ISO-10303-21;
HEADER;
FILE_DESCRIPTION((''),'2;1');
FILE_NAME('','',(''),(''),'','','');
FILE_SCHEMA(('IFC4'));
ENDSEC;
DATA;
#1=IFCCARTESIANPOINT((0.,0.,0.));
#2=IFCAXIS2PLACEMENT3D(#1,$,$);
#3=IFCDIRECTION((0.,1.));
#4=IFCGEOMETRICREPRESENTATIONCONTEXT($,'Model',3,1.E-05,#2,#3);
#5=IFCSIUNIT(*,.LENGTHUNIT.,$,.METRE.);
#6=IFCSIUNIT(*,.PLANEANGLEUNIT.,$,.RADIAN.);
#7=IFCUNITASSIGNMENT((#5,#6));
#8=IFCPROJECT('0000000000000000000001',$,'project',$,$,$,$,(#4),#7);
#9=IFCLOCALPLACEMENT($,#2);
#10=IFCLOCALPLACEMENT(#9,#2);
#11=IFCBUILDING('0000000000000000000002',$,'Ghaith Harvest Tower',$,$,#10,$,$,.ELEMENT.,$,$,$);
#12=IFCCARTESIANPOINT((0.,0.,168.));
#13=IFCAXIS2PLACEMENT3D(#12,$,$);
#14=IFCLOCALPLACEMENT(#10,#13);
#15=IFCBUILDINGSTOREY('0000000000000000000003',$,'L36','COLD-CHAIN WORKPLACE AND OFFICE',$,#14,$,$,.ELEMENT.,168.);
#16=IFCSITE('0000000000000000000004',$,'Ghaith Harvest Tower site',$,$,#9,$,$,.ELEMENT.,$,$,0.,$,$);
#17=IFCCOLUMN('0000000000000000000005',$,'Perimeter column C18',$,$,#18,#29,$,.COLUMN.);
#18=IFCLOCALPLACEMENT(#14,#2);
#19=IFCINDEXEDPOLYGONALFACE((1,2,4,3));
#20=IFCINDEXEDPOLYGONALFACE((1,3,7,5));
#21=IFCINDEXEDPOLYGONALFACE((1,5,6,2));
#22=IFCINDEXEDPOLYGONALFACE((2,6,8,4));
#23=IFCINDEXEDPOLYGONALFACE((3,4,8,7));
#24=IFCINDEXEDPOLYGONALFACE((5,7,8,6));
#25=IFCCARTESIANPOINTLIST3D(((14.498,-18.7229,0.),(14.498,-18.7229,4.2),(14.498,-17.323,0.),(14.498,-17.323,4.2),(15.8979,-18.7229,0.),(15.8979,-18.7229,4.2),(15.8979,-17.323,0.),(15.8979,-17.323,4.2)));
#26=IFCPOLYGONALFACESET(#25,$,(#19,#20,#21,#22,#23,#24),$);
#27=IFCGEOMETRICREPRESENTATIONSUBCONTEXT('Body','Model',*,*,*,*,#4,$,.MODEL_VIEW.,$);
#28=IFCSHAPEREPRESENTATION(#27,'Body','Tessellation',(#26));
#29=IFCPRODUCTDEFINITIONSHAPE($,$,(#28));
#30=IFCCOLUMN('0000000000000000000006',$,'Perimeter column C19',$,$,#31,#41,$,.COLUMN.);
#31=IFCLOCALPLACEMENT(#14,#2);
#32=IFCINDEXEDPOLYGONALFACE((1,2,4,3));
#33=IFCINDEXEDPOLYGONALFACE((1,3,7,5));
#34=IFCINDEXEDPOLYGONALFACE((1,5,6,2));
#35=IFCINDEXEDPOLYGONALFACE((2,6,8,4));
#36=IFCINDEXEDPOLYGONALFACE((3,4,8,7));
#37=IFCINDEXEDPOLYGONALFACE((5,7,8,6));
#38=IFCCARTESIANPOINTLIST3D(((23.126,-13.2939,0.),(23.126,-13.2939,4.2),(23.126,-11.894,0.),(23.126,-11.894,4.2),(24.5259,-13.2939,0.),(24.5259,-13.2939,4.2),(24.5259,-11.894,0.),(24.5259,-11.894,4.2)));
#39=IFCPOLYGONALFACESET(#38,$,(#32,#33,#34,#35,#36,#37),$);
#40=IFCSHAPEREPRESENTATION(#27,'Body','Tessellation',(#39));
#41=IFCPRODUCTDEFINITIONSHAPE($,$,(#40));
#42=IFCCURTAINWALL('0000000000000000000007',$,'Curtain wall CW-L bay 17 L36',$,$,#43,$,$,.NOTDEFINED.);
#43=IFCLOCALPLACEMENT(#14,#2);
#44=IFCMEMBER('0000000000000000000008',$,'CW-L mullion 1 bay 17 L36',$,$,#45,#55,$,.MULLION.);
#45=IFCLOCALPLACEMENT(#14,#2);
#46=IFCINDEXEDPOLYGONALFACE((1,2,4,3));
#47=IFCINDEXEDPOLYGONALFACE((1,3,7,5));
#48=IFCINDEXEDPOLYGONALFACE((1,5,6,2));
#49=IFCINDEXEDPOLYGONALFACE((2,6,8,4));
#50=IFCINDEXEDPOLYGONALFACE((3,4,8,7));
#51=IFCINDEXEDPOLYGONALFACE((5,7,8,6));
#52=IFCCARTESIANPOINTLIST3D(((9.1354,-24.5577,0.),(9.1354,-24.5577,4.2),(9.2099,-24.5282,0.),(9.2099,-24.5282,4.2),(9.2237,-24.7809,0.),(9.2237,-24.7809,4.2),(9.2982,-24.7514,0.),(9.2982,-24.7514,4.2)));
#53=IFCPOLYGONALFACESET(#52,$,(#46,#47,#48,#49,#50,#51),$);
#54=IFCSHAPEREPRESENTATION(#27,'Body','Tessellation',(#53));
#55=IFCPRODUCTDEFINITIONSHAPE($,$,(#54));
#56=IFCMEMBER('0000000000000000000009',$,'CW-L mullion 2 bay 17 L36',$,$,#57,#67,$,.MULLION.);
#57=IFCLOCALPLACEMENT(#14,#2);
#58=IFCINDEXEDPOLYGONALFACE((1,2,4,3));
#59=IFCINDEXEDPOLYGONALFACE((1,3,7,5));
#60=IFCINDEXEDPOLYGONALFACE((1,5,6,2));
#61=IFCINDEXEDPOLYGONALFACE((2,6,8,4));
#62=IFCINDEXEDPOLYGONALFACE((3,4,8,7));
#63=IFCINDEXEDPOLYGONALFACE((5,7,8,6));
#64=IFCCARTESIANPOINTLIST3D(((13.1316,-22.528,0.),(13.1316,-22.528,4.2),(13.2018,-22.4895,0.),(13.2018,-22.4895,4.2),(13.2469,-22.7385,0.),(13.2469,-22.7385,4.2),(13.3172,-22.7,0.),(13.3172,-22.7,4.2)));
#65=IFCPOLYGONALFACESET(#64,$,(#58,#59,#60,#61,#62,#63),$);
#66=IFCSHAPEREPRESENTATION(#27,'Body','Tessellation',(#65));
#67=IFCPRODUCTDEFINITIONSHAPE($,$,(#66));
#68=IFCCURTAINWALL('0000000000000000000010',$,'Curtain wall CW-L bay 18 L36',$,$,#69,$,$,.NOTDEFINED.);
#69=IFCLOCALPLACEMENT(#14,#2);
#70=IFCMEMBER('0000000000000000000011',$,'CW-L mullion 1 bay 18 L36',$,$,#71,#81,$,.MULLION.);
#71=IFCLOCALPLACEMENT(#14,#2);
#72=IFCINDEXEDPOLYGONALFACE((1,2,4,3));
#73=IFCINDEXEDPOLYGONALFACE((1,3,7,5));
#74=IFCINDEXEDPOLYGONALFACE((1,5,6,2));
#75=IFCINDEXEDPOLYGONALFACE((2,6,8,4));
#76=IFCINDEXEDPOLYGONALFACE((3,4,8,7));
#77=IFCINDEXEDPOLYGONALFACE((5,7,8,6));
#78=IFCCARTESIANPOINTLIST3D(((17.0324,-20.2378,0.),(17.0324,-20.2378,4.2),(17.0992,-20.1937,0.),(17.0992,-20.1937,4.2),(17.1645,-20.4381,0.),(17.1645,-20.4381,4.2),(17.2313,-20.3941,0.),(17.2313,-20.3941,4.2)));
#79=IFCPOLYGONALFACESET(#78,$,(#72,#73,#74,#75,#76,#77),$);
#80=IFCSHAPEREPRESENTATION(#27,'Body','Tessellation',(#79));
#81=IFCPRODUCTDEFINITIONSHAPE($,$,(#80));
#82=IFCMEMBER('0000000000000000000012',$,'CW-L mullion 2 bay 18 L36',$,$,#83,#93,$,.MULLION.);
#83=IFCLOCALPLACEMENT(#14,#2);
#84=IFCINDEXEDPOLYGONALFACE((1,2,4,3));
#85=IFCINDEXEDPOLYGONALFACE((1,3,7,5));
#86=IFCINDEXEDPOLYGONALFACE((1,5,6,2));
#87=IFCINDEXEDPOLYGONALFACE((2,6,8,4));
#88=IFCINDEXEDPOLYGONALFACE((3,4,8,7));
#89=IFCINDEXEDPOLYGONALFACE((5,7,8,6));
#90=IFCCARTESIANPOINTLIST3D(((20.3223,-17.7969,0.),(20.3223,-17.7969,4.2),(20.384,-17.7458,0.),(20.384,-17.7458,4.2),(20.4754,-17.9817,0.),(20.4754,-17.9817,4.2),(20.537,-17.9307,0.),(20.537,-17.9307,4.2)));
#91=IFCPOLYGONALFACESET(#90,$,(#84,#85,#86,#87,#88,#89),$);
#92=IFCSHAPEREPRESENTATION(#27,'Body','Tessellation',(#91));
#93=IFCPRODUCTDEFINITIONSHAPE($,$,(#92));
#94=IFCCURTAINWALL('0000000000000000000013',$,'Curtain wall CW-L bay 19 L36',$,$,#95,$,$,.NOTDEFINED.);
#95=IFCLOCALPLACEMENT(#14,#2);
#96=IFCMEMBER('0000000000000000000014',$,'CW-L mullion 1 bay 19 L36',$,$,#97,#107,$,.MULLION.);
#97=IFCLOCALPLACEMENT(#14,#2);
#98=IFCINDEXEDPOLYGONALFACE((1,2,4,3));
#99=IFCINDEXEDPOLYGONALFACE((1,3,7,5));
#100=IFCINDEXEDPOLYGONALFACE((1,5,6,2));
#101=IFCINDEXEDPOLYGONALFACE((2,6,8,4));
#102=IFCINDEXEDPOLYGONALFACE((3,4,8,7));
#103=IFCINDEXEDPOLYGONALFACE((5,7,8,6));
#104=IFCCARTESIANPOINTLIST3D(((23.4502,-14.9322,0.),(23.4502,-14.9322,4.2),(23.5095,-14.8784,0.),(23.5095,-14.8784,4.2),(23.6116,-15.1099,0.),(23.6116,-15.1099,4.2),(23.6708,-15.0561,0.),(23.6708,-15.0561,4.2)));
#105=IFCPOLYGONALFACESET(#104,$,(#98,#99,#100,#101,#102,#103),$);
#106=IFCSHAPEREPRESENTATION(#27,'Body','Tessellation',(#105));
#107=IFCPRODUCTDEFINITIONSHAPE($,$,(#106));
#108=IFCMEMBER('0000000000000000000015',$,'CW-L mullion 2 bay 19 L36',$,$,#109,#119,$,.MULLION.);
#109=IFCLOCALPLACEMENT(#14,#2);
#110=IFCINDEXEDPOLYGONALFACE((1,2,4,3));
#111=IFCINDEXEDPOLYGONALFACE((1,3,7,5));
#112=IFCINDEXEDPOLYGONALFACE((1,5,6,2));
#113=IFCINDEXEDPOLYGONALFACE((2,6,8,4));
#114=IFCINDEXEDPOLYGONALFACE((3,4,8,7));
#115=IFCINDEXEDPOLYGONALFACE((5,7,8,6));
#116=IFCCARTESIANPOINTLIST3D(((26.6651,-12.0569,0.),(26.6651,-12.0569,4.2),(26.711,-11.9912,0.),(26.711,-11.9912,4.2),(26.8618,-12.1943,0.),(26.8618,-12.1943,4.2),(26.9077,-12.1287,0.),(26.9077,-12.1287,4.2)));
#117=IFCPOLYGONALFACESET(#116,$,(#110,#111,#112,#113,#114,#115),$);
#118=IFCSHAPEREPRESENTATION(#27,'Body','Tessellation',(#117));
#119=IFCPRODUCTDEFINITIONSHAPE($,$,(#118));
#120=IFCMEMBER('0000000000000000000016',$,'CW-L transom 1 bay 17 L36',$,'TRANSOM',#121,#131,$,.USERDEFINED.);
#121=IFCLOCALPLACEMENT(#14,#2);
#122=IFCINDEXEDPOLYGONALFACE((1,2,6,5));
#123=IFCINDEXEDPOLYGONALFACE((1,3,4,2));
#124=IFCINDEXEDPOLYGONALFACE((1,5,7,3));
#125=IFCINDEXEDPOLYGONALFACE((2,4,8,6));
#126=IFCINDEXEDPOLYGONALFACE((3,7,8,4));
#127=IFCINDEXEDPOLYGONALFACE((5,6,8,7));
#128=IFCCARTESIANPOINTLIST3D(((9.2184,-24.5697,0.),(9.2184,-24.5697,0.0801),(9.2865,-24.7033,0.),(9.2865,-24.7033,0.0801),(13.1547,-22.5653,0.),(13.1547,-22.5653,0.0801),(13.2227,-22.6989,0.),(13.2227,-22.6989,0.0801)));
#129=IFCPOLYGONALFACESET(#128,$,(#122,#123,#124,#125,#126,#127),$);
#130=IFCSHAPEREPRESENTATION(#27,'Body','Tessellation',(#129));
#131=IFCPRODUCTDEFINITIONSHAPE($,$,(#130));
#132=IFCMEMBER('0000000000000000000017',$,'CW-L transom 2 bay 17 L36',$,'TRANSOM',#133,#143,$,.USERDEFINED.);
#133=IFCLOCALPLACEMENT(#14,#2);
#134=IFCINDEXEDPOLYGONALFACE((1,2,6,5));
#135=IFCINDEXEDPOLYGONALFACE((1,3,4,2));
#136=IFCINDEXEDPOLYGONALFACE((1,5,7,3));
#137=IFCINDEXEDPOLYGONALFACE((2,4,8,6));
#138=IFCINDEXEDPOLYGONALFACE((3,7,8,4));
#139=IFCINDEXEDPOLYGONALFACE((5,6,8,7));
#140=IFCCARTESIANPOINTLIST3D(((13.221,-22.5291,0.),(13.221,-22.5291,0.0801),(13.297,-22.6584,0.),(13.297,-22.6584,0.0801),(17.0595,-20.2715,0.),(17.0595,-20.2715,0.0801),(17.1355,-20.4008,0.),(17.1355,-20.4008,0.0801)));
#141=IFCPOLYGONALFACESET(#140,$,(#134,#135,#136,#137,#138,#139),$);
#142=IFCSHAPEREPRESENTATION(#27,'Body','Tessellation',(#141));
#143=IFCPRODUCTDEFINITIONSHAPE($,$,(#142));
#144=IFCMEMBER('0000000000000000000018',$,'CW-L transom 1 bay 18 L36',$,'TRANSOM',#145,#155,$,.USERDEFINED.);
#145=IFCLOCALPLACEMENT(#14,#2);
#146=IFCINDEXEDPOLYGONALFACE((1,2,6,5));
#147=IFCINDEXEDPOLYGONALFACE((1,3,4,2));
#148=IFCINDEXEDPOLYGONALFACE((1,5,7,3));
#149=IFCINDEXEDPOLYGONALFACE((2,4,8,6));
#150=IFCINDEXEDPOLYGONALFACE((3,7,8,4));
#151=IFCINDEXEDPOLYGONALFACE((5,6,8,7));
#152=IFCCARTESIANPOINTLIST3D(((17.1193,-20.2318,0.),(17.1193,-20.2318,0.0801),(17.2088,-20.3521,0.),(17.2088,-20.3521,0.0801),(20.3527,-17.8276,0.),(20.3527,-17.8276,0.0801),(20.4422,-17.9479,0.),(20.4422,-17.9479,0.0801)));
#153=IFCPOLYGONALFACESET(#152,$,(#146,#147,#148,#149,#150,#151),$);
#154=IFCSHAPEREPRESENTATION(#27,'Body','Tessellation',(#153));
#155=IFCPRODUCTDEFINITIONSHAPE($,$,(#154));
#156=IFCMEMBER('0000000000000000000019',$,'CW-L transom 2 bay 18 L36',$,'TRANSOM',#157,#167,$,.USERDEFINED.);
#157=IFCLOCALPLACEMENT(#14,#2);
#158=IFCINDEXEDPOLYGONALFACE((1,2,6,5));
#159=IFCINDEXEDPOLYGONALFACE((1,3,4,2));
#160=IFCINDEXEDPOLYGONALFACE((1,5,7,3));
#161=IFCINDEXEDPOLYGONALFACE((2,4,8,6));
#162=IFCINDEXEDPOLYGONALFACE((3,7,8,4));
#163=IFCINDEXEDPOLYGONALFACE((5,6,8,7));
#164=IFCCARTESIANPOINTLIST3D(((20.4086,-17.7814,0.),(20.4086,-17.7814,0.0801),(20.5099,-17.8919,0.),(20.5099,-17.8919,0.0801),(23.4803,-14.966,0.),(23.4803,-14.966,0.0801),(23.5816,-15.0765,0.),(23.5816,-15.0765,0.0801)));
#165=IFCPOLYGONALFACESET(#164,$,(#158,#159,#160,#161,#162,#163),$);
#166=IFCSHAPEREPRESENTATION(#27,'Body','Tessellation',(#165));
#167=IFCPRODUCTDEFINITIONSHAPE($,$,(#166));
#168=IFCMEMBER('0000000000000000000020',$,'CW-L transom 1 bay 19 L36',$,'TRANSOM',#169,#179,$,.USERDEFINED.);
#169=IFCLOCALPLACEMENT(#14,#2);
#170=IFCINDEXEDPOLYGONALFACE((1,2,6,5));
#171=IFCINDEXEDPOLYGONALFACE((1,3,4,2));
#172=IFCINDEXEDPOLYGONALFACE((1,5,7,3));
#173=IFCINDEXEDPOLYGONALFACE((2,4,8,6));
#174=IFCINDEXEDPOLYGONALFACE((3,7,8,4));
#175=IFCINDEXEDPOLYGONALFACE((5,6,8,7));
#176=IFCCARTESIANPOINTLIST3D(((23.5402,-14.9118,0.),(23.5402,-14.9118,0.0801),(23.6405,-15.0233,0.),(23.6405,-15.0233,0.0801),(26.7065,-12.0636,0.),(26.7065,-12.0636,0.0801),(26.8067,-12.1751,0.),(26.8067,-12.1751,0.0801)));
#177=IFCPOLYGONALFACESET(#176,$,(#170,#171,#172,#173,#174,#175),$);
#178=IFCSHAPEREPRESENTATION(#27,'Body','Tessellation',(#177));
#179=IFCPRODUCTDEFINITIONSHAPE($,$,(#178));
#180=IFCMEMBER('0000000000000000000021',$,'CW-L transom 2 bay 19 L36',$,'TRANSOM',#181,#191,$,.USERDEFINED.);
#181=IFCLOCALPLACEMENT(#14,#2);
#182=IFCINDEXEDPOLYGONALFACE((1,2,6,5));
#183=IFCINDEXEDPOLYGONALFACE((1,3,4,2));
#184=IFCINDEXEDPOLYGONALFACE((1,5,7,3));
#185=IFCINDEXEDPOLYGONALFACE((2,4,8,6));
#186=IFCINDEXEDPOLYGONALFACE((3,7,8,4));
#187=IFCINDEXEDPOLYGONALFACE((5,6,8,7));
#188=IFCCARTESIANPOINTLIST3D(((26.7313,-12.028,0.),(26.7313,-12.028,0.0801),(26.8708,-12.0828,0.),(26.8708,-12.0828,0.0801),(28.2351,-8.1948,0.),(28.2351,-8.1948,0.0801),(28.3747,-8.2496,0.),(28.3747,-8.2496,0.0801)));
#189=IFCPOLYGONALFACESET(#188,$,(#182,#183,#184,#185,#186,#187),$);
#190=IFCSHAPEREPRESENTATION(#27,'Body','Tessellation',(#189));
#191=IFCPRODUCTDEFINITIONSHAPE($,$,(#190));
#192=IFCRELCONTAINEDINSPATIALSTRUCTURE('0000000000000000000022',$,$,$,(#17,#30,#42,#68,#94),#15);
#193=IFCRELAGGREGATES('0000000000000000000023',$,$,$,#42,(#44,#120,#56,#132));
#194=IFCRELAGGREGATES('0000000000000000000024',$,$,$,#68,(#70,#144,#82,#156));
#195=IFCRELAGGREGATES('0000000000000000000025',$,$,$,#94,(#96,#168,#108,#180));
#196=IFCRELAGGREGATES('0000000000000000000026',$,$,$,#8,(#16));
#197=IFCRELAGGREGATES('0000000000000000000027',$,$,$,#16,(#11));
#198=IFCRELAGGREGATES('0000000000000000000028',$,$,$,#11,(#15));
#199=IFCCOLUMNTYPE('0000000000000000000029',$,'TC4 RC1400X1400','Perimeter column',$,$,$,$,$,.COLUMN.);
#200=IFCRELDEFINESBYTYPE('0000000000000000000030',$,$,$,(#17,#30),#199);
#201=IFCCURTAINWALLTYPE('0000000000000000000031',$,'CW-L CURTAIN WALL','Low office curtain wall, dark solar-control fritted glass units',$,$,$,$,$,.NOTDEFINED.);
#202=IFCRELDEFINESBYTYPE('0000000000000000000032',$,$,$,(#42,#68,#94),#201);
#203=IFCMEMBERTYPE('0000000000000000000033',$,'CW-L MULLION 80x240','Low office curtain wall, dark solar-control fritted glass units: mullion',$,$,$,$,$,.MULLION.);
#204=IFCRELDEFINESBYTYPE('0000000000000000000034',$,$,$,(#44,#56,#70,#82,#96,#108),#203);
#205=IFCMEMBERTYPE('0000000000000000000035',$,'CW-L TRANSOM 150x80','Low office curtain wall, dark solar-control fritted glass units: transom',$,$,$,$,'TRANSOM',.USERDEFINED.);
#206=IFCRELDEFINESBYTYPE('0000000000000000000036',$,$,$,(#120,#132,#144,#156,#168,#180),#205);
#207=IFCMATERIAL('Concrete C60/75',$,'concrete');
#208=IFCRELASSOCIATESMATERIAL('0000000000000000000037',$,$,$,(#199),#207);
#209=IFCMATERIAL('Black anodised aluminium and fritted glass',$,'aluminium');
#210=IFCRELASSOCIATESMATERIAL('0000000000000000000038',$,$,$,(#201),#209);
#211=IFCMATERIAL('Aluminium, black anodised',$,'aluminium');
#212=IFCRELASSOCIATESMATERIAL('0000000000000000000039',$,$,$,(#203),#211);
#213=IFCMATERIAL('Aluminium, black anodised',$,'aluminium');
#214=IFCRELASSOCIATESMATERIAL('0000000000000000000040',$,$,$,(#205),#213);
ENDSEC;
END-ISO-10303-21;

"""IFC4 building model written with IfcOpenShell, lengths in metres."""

from ifc_helpers import new_model, si_unit, direction, frame, origin, origin_2d, place, context, subcontext, project, spatial, rectangle, extrude, material, material_profile, profile_set, type_object, element, aggregate, save


model = new_model("IFC4")

# Units and contexts
model_context = context("Model", 3, precision=1e-05, world=origin(), true_north=direction((0.0, 1.0)))
body_context = subcontext(model_context, "Body", "Model", "MODEL_VIEW")
ifc_project = project(units=[si_unit("LENGTHUNIT", "METRE"), si_unit("PLANEANGLEUNIT", "RADIAN")], contexts=[model_context])

# Site, building, storey
site_placement = place(None, origin())
site = spatial("IfcSite", under=ifc_project, at=site_placement, Name="Ghaith Harvest Tower site", CompositionType="ELEMENT", RefElevation=0.0)
building_placement = place(site_placement, origin())
building = spatial("IfcBuilding", under=site, at=building_placement, Name="Ghaith Harvest Tower", CompositionType="ELEMENT")
storey_placement = place(building_placement, frame((0.0, 0.0, 168.0)))
storey = spatial("IfcBuildingStorey", under=building, at=storey_placement, Name="L36", Description="COLD-CHAIN WORKPLACE AND OFFICE", CompositionType="ELEMENT", Elevation=168.0)

# Columns
ifc_material_1 = material(Name="Concrete C60/75", Category="concrete")
ifc_material_profile_1 = material_profile(ifc_material_1, rectangle(XDim=1.3999, YDim=1.3999, at=origin_2d()), Name="RC1400X1400")
ifc_profile_set_1 = profile_set([ifc_material_profile_1], Name="Concrete C60/75")
column_type = type_object("IfcColumnType", Name="TC4 RC1400X1400", Description="Perimeter column", PredefinedType="COLUMN", material=ifc_profile_set_1)
for number, where, z_axis, x_axis, name in (
    (1, (15.198, -18.0229, 0.0), (0.0, 0.0, 1.0), (1.0, 0.0, 0.0), "Perimeter column C18"),
    (2, (23.8259, -12.594, 0.0), (0.0, 0.0, 1.0), (1.0, 0.0, 0.0), "Perimeter column C19"),
):
    element("IfcColumn", number, at=place(storey_placement, frame(where, z_axis=z_axis, x_axis=x_axis)), inside=storey, type_object=column_type, Name=name, PredefinedType="COLUMN", context=body_context, shape_type="SweptSolid", body=[
        extrude(rectangle(XDim=1.3999, YDim=1.3999, at=origin_2d()), origin(), (0.0, 0.0, 1.0), 4.2),
    ])

# Curtain walls, members
ifc_material_2 = material(Name="Black anodised aluminium and fritted glass", Category="aluminium")
curtain_wall_type = type_object("IfcCurtainWallType", Name="CW-L CURTAIN WALL", Description="Low office curtain wall, dark solar-control fritted glass units", PredefinedType="NOTDEFINED", material=ifc_material_2)
curtain_wall_1_placement = place(storey_placement, origin())
curtain_wall_1 = element("IfcCurtainWall", 3, at=curtain_wall_1_placement, inside=storey, type_object=curtain_wall_type, Name="Curtain wall CW-L bay 17 L36", PredefinedType="NOTDEFINED")
ifc_material_3 = material(Name="Aluminium, black anodised", Category="aluminium")
ifc_material_profile_2 = material_profile(ifc_material_3, rectangle(XDim=0.0801, YDim=0.24, at=origin_2d()), Name="CW-L MULLION 80x240")
ifc_profile_set_2 = profile_set([ifc_material_profile_2], Name="Aluminium, black anodised")
member_type_1 = type_object("IfcMemberType", Name="CW-L MULLION 80x240", Description="Low office curtain wall, dark solar-control fritted glass units: mullion", PredefinedType="MULLION", material=ifc_profile_set_2)
member_1_placement = place(storey_placement, frame((9.2168, -24.6545, 0.0), z_axis=(0.0, 0.0, 1.0), x_axis=(0.929832, 0.367985, 0.0)))
member_1 = element("IfcMember", 4, at=member_1_placement, type_object=member_type_1, Name="CW-L mullion 1 bay 17 L36", PredefinedType="MULLION", context=body_context, shape_type="SweptSolid", body=[
    extrude(rectangle(XDim=0.0801, YDim=0.24, at=origin_2d()), origin(), (0.0, 0.0, 1.0), 4.2),
])
member_2_placement = place(storey_placement, frame((13.2244, -22.614, 0.0), z_axis=(0.0, 0.0, 1.0), x_axis=(0.876899, 0.480675, 0.0)))
member_2 = element("IfcMember", 5, at=member_2_placement, type_object=member_type_1, Name="CW-L mullion 2 bay 17 L36", PredefinedType="MULLION", context=body_context, shape_type="SweptSolid", body=[
    extrude(rectangle(XDim=0.0801, YDim=0.24, at=origin_2d()), origin(), (0.0, 0.0, 1.0), 4.2),
])
curtain_wall_2_placement = place(storey_placement, origin())
curtain_wall_2 = element("IfcCurtainWall", 6, at=curtain_wall_2_placement, inside=storey, type_object=curtain_wall_type, Name="Curtain wall CW-L bay 18 L36", PredefinedType="NOTDEFINED")
member_3_placement = place(storey_placement, frame((17.1318, -20.3159, 0.0), z_axis=(0.0, 0.0, 1.0), x_axis=(0.834887, 0.550421, 0.0)))
member_3 = element("IfcMember", 7, at=member_3_placement, type_object=member_type_1, Name="CW-L mullion 1 bay 18 L36", PredefinedType="MULLION", context=body_context, shape_type="SweptSolid", body=[
    extrude(rectangle(XDim=0.0801, YDim=0.24, at=origin_2d()), origin(), (0.0, 0.0, 1.0), 4.2),
])
member_4_placement = place(storey_placement, frame((20.4297, -17.8638, 0.0), z_axis=(0.0, 0.0, 1.0), x_axis=(0.770306, 0.637674, 0.0)))
member_4 = element("IfcMember", 8, at=member_4_placement, type_object=member_type_1, Name="CW-L mullion 2 bay 18 L36", PredefinedType="MULLION", context=body_context, shape_type="SweptSolid", body=[
    extrude(rectangle(XDim=0.0801, YDim=0.24, at=origin_2d()), origin(), (0.0, 0.0, 1.0), 4.2),
])
curtain_wall_3_placement = place(storey_placement, origin())
curtain_wall_3 = element("IfcCurtainWall", 9, at=curtain_wall_3_placement, inside=storey, type_object=curtain_wall_type, Name="Curtain wall CW-L bay 19 L36", PredefinedType="NOTDEFINED")
member_5_placement = place(storey_placement, frame((23.5605, -14.9941, 0.0), z_axis=(0.0, 0.0, 1.0), x_axis=(0.740389, 0.672179, 0.0)))
member_5 = element("IfcMember", 10, at=member_5_placement, type_object=member_type_1, Name="CW-L mullion 1 bay 19 L36", PredefinedType="MULLION", context=body_context, shape_type="SweptSolid", body=[
    extrude(rectangle(XDim=0.0801, YDim=0.24, at=origin_2d()), origin(), (0.0, 0.0, 1.0), 4.2),
])
member_6_placement = place(storey_placement, frame((26.7864, -12.0928, 0.0), z_axis=(0.0, 0.0, 1.0), x_axis=(0.572853, 0.819658, 0.0)))
member_6 = element("IfcMember", 11, at=member_6_placement, type_object=member_type_1, Name="CW-L mullion 2 bay 19 L36", PredefinedType="MULLION", context=body_context, shape_type="SweptSolid", body=[
    extrude(rectangle(XDim=0.0801, YDim=0.24, at=origin_2d()), origin(), (0.0, 0.0, 1.0), 4.2),
])

# Members
ifc_material_4 = material(Name="Aluminium, black anodised", Category="aluminium")
ifc_material_profile_3 = material_profile(ifc_material_4, rectangle(XDim=0.1499, YDim=0.0801, at=origin_2d()), Name="CW-L TRANSOM 150x80")
ifc_profile_set_3 = profile_set([ifc_material_profile_3], Name="Aluminium, black anodised")
member_type_2 = type_object("IfcMemberType", Name="CW-L TRANSOM 150x80", Description="Low office curtain wall, dark solar-control fritted glass units: transom", ElementType="TRANSOM", PredefinedType="USERDEFINED", material=ifc_profile_set_3)
member_7_placement = place(storey_placement, frame((9.2524, -24.6365, 0.04), z_axis=(0.89112, 0.453768, 0.0), x_axis=(-0.453768, 0.89112, 0.0)))
member_7 = element("IfcMember", 12, at=member_7_placement, type_object=member_type_2, Name="CW-L transom 1 bay 17 L36", ObjectType="TRANSOM", PredefinedType="USERDEFINED", context=body_context, shape_type="SweptSolid", body=[
    extrude(rectangle(XDim=0.1499, YDim=0.0801, at=origin_2d()), origin(), (0.0, 0.0, 1.0), 4.4172),
])
member_8_placement = place(storey_placement, frame((13.259, -22.5938, 0.04), z_axis=(0.861964, 0.50697, 0.0), x_axis=(-0.50697, 0.861964, 0.0)))
member_8 = element("IfcMember", 13, at=member_8_placement, type_object=member_type_2, Name="CW-L transom 2 bay 17 L36", ObjectType="TRANSOM", PredefinedType="USERDEFINED", context=body_context, shape_type="SweptSolid", body=[
    extrude(rectangle(XDim=0.1499, YDim=0.0801, at=origin_2d()), origin(), (0.0, 0.0, 1.0), 4.4531),
])
member_9_placement = place(storey_placement, frame((17.1641, -20.292, 0.04), z_axis=(0.802465, 0.596699, 0.0), x_axis=(-0.596699, 0.802465, 0.0)))
member_9 = element("IfcMember", 14, at=member_9_placement, type_object=member_type_2, Name="CW-L transom 1 bay 18 L36", ObjectType="TRANSOM", PredefinedType="USERDEFINED", context=body_context, shape_type="SweptSolid", body=[
    extrude(rectangle(XDim=0.1499, YDim=0.0801, at=origin_2d()), origin(), (0.0, 0.0, 1.0), 4.0293),
])
member_10_placement = place(storey_placement, frame((20.4592, -17.8367, 0.04), z_axis=(0.737198, 0.675677, 0.0), x_axis=(-0.675677, 0.737198, 0.0)))
member_10 = element("IfcMember", 15, at=member_10_placement, type_object=member_type_2, Name="CW-L transom 2 bay 18 L36", ObjectType="TRANSOM", PredefinedType="USERDEFINED", context=body_context, shape_type="SweptSolid", body=[
    extrude(rectangle(XDim=0.1499, YDim=0.0801, at=origin_2d()), origin(), (0.0, 0.0, 1.0), 4.1667),
])
member_11_placement = place(storey_placement, frame((23.5903, -14.9675, 0.04), z_axis=(0.743468, 0.668772, 0.0), x_axis=(-0.668772, 0.743468, 0.0)))
member_11 = element("IfcMember", 16, at=member_11_placement, type_object=member_type_2, Name="CW-L transom 1 bay 19 L36", ObjectType="TRANSOM", PredefinedType="USERDEFINED", context=body_context, shape_type="SweptSolid", body=[
    extrude(rectangle(XDim=0.1499, YDim=0.0801, at=origin_2d()), origin(), (0.0, 0.0, 1.0), 4.2588),
])
member_12_placement = place(storey_placement, frame((26.801, -12.0554, 0.04), z_axis=(0.365229, 0.930918, 0.0), x_axis=(-0.930918, 0.365229, 0.0)))
member_12 = element("IfcMember", 17, at=member_12_placement, type_object=member_type_2, Name="CW-L transom 2 bay 19 L36", ObjectType="TRANSOM", PredefinedType="USERDEFINED", context=body_context, shape_type="SweptSolid", body=[
    extrude(rectangle(XDim=0.1499, YDim=0.0801, at=origin_2d()), origin(), (0.0, 0.0, 1.0), 4.1177),
])

aggregate(curtain_wall_1, [member_1, member_7, member_2, member_8])
aggregate(curtain_wall_2, [member_3, member_9, member_4, member_10])
aggregate(curtain_wall_3, [member_5, member_11, member_6, member_12])

save(model, "model.ifc")
